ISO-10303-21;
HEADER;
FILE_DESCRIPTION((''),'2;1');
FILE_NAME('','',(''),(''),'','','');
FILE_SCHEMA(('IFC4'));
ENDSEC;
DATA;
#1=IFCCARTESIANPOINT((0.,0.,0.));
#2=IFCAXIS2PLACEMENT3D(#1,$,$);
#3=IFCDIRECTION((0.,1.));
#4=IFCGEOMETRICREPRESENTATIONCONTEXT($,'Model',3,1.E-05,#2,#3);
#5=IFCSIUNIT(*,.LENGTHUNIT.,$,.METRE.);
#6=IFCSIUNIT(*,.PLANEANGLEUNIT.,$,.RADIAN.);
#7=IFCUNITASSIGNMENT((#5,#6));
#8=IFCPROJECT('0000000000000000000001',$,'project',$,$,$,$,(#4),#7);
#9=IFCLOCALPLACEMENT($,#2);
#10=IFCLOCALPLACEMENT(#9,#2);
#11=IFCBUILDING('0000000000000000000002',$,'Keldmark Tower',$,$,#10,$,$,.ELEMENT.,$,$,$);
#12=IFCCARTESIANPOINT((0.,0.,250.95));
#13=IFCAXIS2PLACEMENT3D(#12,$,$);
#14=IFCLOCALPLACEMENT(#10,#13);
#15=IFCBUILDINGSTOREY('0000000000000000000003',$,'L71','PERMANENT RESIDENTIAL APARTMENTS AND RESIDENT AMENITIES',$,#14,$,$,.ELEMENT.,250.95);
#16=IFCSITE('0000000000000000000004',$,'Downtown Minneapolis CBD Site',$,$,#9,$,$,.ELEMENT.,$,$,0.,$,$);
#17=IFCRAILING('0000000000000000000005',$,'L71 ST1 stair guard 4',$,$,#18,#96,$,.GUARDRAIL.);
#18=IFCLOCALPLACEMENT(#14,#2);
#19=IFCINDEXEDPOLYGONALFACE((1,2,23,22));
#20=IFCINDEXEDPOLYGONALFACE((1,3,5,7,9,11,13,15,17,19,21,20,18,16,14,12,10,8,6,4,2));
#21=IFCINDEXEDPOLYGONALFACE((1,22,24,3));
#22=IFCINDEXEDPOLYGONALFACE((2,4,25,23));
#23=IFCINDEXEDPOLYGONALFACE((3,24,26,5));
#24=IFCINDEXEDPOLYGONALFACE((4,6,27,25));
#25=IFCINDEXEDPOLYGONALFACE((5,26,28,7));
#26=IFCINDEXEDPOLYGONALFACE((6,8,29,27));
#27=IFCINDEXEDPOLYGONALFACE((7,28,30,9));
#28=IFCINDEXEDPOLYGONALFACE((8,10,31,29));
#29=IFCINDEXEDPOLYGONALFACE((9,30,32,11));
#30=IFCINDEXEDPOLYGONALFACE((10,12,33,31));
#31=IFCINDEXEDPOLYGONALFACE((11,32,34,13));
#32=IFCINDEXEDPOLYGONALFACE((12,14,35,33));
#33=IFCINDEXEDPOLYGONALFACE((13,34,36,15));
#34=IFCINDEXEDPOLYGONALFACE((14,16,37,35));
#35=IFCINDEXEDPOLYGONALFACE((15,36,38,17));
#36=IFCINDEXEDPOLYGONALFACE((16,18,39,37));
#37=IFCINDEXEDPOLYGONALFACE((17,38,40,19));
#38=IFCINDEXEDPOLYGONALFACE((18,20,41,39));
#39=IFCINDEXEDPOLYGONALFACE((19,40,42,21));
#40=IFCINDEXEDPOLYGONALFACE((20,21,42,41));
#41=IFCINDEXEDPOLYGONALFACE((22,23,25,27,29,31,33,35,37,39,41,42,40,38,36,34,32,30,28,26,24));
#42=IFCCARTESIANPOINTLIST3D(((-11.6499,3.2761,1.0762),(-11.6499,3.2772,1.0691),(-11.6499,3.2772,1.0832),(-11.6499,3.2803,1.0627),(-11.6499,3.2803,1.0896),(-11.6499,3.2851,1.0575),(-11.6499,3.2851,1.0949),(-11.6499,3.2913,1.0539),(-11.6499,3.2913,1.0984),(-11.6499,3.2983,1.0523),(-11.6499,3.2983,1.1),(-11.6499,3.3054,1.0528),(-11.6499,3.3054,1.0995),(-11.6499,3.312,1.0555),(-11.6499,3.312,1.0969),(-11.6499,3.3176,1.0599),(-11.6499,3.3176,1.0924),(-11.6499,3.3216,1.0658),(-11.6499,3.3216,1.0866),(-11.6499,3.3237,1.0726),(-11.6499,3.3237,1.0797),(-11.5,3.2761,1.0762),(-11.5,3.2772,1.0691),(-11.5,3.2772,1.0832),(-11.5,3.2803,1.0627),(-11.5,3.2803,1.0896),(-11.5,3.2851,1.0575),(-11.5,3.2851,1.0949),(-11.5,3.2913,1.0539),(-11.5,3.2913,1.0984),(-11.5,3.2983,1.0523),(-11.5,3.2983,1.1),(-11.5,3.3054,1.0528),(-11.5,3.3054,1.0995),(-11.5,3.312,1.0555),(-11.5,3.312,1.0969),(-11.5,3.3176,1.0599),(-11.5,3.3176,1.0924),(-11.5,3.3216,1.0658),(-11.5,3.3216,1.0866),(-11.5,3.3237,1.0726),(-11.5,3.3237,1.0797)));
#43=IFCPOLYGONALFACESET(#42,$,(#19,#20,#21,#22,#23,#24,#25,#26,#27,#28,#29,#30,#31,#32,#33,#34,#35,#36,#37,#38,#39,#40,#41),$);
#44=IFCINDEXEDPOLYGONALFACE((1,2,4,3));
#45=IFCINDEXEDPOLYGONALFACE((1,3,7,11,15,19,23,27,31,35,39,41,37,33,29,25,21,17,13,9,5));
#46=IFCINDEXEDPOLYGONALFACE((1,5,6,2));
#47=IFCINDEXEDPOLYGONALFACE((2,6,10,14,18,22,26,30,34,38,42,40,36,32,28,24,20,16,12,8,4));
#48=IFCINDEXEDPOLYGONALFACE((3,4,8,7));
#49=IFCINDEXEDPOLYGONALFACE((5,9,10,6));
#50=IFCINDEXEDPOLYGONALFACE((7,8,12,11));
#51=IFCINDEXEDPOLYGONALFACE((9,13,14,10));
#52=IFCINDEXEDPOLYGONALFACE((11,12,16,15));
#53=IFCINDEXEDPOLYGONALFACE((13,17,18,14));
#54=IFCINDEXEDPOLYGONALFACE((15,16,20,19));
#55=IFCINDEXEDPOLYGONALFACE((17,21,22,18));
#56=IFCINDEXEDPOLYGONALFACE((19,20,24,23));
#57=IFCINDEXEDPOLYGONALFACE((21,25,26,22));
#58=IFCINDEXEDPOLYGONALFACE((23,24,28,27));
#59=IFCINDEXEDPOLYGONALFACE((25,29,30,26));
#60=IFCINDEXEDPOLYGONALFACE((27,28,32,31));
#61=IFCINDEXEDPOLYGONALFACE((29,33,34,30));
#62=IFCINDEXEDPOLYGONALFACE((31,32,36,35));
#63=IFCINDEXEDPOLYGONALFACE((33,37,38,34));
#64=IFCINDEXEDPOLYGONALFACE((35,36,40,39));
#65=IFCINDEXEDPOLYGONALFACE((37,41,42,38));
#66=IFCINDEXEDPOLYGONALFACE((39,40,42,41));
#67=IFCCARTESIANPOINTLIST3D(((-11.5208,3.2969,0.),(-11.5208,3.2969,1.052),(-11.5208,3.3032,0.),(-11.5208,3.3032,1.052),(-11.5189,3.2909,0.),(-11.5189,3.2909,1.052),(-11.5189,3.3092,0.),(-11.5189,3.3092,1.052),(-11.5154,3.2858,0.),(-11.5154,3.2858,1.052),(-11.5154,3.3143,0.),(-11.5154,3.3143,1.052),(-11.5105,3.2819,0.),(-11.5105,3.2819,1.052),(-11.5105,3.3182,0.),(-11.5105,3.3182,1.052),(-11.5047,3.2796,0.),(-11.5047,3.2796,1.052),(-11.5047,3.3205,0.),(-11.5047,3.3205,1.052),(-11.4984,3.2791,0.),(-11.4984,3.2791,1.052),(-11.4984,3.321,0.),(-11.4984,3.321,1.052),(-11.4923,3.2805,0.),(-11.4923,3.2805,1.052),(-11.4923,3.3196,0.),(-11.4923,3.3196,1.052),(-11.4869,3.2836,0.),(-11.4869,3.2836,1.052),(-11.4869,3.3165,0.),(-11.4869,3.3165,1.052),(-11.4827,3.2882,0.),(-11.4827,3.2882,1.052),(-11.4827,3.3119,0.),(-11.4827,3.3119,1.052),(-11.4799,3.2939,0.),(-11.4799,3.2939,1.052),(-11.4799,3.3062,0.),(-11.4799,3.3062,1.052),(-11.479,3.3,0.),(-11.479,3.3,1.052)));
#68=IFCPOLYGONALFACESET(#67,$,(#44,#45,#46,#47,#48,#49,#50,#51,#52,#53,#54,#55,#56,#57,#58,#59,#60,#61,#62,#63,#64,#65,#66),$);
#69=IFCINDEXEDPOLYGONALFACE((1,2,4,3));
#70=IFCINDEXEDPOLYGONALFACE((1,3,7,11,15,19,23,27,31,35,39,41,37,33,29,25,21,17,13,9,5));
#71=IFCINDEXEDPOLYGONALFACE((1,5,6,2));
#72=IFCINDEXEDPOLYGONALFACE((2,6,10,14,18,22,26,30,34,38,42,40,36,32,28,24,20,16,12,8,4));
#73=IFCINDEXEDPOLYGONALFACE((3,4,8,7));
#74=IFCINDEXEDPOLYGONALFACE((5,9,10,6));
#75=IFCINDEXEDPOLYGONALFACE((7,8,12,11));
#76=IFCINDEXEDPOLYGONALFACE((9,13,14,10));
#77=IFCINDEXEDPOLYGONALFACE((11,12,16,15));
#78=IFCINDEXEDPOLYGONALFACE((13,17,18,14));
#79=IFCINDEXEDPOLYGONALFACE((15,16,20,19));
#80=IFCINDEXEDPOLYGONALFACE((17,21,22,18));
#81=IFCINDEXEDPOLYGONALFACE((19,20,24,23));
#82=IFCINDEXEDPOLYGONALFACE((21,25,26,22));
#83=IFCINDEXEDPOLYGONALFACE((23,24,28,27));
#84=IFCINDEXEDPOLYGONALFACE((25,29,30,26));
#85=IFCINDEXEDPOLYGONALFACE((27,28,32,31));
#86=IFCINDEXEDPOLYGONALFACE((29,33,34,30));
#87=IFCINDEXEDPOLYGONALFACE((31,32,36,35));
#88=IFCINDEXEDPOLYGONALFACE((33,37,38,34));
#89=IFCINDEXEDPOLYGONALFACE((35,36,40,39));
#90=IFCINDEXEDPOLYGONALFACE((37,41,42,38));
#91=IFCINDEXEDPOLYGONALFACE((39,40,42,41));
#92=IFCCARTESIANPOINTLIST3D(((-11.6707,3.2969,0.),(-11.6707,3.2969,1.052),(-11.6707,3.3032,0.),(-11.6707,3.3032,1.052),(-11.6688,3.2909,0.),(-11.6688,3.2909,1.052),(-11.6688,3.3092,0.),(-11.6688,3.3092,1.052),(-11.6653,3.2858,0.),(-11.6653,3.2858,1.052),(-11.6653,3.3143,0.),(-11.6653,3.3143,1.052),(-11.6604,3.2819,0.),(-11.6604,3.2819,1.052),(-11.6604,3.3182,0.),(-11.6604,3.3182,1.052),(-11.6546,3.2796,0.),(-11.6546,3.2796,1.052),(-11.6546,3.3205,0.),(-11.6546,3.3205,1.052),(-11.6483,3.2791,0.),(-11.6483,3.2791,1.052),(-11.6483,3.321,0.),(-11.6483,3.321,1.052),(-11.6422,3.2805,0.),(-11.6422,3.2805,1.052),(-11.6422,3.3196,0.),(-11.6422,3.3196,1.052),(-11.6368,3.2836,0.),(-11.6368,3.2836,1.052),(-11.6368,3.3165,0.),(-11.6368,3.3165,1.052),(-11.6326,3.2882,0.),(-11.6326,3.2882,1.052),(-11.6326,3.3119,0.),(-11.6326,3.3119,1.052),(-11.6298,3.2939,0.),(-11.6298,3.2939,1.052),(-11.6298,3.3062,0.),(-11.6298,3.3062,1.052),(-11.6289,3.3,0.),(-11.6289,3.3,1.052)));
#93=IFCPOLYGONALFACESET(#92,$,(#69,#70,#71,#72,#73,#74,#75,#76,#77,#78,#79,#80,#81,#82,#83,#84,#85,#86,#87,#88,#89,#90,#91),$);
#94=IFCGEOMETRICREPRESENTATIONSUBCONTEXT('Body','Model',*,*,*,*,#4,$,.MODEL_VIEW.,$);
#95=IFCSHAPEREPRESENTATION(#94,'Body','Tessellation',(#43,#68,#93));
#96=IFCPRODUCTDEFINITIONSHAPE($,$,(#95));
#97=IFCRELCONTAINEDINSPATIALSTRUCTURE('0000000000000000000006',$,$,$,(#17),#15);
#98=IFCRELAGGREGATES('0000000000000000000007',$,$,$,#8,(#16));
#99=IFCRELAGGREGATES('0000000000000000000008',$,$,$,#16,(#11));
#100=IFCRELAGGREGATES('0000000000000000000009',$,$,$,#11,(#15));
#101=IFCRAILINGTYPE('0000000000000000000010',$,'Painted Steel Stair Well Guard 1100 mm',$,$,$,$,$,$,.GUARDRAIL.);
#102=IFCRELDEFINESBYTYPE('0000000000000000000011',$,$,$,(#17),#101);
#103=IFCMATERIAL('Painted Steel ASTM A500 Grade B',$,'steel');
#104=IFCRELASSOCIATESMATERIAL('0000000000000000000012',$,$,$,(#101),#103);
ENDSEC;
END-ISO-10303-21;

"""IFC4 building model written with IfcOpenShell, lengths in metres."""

from ifc_helpers import new_model, si_unit, direction, frame, origin, origin_2d, place, context, subcontext, project, spatial, circle, extrude, material, type_object, element, save


model = new_model("IFC4")

# Units and contexts
model_context = context("Model", 3, precision=1e-05, world=origin(), true_north=direction((0.0, 1.0)))
body_context = subcontext(model_context, "Body", "Model", "MODEL_VIEW")
ifc_project = project(units=[si_unit("LENGTHUNIT", "METRE"), si_unit("PLANEANGLEUNIT", "RADIAN")], contexts=[model_context])

# Site, building, storey
site_placement = place(None, origin())
site = spatial("IfcSite", under=ifc_project, at=site_placement, Name="Downtown Minneapolis CBD Site", CompositionType="ELEMENT", RefElevation=0.0)
building_placement = place(site_placement, origin())
building = spatial("IfcBuilding", under=site, at=building_placement, Name="Keldmark Tower", CompositionType="ELEMENT")
storey_placement = place(building_placement, frame((0.0, 0.0, 250.95)))
storey = spatial("IfcBuildingStorey", under=building, at=storey_placement, Name="L71", Description="PERMANENT RESIDENTIAL APARTMENTS AND RESIDENT AMENITIES", CompositionType="ELEMENT", Elevation=250.95)

# Railing
ifc_material_1 = material(Name="Painted Steel ASTM A500 Grade B", Category="steel")
railing_type_1 = type_object("IfcRailingType", Name="Painted Steel Stair Well Guard 1100 mm", PredefinedType="GUARDRAIL", material=ifc_material_1)
railing_1_placement = place(storey_placement, frame((-11.5, 3.3, 0.0)))
element("IfcRailing", 1, at=railing_1_placement, inside=storey, type_object=railing_type_1, Name="L71 ST1 stair guard 4", PredefinedType="GUARDRAIL", context=body_context, shape_type="SweptSolid", body=[
    extrude(circle(Radius=0.0239, at=origin_2d()), frame((0.0, 0.0, 1.0762), z_axis=(-1.0, 0.0, 0.0), x_axis=(0.0, -1.0, 0.0)), (0.0, 0.0, 1.0), 0.1499),
    extrude(circle(Radius=0.021, at=origin_2d()), origin(), (0.0, 0.0, 1.0), 1.052),
    extrude(circle(Radius=0.021, at=origin_2d()), frame((-0.1499, 0.0, 0.0)), (0.0, 0.0, 1.0), 1.052),
])

save(model, "model.ifc")
